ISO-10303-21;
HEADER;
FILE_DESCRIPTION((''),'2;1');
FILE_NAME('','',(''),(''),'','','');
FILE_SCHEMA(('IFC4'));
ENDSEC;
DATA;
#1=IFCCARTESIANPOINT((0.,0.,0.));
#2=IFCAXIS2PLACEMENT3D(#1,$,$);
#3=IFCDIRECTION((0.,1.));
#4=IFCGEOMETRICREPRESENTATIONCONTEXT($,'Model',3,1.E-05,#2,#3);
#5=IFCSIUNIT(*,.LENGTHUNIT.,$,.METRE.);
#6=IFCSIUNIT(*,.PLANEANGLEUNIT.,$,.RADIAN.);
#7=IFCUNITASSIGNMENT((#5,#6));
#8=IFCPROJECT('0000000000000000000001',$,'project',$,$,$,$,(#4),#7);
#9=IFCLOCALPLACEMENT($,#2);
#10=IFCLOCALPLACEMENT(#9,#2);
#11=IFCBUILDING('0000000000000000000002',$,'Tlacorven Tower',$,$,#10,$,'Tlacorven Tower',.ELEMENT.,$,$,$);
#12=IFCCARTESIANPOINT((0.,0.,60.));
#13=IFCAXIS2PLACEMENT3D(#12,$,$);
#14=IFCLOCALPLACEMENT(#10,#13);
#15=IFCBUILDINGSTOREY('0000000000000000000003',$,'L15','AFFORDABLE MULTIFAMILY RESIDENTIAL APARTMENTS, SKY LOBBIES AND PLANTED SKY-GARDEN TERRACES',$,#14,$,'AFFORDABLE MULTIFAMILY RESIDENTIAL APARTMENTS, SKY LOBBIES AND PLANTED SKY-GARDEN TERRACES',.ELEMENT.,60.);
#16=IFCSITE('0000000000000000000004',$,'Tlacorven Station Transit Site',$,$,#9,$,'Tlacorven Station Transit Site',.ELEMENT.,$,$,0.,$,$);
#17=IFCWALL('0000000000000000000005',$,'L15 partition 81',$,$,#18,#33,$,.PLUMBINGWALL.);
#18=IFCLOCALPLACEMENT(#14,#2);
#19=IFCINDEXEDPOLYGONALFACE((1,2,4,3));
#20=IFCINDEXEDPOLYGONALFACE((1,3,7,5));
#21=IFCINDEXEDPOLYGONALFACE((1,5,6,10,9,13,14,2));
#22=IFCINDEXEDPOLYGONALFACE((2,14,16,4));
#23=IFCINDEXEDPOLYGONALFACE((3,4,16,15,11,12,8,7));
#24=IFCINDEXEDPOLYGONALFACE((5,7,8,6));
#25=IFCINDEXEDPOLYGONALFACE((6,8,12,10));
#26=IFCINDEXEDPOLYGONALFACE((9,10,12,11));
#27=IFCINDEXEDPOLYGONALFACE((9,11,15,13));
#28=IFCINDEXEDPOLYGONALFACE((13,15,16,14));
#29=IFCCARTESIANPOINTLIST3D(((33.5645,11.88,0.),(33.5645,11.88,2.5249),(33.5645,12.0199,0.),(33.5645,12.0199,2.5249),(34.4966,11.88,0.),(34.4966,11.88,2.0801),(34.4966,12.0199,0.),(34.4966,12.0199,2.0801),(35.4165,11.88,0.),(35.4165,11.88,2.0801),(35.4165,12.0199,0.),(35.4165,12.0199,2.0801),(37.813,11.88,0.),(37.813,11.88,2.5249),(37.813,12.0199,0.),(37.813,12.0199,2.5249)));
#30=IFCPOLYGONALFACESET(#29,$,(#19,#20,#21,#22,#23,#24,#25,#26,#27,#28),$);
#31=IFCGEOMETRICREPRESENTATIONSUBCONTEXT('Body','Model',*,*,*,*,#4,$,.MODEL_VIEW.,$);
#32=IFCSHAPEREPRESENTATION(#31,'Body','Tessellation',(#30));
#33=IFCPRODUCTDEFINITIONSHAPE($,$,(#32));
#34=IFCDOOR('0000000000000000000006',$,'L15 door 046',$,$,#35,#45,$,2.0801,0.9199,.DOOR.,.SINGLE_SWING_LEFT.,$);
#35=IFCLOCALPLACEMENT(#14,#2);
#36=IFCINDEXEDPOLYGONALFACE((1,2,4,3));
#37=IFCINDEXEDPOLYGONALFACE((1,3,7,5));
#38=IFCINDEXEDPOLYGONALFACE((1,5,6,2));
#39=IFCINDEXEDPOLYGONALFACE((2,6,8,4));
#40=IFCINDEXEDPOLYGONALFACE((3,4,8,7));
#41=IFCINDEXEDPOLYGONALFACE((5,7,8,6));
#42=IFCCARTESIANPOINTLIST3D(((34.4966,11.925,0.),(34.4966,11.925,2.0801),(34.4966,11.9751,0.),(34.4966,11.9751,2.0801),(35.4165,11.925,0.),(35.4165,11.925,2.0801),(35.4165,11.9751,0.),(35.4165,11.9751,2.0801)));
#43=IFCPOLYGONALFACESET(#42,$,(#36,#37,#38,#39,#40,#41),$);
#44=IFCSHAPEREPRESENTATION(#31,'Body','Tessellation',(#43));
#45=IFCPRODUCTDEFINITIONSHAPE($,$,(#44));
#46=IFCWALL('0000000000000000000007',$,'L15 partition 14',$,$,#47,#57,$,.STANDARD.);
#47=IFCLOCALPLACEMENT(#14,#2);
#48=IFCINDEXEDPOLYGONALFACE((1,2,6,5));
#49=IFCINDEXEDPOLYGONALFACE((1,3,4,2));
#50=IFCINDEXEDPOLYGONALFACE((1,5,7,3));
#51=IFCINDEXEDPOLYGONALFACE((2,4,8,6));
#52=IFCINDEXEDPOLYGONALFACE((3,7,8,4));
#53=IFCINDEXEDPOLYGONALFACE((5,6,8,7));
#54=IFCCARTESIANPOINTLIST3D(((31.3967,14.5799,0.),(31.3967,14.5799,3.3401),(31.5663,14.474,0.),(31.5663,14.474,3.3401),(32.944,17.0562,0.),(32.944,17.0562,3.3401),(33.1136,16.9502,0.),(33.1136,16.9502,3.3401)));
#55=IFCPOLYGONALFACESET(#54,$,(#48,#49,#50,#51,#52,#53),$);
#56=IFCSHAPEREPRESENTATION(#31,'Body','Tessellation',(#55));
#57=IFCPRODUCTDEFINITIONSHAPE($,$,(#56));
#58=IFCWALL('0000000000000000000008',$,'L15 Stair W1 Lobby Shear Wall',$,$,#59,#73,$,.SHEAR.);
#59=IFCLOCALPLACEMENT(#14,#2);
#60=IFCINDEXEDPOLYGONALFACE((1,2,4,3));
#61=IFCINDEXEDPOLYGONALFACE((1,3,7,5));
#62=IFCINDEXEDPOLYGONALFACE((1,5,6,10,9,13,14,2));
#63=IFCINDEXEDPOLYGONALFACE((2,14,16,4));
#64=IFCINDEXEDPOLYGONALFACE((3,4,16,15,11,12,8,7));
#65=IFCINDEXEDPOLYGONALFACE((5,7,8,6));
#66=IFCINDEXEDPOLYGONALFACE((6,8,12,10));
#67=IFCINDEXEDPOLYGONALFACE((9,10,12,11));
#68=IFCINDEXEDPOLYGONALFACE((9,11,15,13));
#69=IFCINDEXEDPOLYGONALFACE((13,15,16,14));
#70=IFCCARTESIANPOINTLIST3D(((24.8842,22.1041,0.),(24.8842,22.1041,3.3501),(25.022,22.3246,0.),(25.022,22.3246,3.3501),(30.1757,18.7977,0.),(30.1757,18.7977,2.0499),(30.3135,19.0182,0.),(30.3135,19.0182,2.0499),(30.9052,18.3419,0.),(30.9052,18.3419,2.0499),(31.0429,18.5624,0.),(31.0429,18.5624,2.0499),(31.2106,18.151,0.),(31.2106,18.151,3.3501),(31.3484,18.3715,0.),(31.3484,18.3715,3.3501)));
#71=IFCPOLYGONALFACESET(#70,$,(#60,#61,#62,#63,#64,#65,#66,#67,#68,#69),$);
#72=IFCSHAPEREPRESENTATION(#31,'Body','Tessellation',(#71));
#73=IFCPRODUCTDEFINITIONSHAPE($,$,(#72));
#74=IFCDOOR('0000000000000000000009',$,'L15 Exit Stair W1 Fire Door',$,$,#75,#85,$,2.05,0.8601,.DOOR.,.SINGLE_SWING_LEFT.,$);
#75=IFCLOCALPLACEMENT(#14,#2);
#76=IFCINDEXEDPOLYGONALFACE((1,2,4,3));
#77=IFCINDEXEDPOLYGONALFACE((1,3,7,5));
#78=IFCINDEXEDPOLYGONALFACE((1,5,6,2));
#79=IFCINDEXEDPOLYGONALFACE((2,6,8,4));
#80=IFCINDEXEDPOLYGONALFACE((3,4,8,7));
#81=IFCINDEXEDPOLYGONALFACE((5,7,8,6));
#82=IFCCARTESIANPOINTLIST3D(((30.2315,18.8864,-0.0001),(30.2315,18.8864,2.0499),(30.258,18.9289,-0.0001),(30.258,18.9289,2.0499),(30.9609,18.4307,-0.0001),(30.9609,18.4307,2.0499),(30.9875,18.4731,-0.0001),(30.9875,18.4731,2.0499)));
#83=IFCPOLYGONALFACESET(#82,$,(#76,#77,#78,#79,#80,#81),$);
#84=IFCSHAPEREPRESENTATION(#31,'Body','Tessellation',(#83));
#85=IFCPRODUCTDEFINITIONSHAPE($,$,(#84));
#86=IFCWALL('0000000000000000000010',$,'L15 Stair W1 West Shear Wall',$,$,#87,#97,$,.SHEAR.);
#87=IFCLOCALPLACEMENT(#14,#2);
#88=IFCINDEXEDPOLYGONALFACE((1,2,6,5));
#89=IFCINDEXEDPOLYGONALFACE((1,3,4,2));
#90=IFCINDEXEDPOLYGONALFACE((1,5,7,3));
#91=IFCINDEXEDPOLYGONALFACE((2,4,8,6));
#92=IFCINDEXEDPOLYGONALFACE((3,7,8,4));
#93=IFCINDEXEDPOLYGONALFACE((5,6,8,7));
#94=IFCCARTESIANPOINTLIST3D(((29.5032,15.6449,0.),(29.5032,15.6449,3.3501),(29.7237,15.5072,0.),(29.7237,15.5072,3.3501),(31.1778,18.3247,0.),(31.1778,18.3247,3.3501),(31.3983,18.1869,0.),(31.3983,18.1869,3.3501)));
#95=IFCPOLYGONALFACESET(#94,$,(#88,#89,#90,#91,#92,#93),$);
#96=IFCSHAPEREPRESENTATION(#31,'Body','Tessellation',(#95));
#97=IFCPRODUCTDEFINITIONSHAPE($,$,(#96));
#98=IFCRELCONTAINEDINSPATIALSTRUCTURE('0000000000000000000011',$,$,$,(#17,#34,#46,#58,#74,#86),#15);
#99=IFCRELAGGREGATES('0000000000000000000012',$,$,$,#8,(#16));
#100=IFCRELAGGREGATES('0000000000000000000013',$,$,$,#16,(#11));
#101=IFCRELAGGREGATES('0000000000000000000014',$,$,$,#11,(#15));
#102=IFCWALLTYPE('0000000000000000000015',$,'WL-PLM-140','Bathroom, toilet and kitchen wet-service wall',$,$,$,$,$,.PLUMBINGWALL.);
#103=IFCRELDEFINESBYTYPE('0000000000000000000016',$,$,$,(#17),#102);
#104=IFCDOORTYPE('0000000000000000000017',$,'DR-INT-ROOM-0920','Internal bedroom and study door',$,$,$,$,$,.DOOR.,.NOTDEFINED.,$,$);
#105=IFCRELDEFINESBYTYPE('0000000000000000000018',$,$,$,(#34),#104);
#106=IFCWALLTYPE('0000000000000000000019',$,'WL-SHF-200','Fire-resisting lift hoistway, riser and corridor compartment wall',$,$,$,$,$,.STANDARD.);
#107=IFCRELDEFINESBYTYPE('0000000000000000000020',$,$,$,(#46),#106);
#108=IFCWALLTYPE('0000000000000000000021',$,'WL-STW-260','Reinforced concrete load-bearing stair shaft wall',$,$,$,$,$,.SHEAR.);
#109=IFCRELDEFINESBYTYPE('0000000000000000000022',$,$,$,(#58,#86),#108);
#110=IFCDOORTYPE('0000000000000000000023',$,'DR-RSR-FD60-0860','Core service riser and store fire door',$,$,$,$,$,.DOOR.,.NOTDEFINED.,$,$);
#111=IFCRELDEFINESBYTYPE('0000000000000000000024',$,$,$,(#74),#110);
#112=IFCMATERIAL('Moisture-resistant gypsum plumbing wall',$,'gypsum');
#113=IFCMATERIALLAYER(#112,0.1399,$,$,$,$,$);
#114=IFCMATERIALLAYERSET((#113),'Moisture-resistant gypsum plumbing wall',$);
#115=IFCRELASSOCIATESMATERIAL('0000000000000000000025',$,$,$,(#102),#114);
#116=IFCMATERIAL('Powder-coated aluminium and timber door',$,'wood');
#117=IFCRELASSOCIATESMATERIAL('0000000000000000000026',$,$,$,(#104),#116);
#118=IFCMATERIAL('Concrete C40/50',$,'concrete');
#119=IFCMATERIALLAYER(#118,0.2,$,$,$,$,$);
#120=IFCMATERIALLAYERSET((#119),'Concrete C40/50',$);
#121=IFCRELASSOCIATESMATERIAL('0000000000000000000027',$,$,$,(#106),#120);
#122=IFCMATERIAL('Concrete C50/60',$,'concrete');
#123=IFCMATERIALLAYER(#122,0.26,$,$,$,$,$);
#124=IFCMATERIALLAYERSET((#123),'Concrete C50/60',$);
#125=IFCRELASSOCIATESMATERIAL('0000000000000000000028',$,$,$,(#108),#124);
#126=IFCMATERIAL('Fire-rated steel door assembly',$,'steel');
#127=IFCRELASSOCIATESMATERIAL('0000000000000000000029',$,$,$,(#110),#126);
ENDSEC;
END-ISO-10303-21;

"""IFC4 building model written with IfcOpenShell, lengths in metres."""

from ifc_helpers import new_model, si_unit, direction, frame, frame_2d, origin, place, context, subcontext, project, spatial, rectangle, extrude, source, transform, mapped, material, layer, layer_set, type_object, element, fill, save


model = new_model("IFC4")

# Units and contexts
model_context = context("Model", 3, precision=1e-05, world=origin(), true_north=direction((0.0, 1.0)))
body_context = subcontext(model_context, "Body", "Model", "MODEL_VIEW")
ifc_project = project(units=[si_unit("LENGTHUNIT", "METRE"), si_unit("PLANEANGLEUNIT", "RADIAN")], contexts=[model_context])

# Site, building, storey
site_placement = place(None, origin())
site = spatial("IfcSite", under=ifc_project, at=site_placement, Name="Tlacorven Station Transit Site", LongName="Tlacorven Station Transit Site", CompositionType="ELEMENT", RefElevation=0.0)
building_placement = place(site_placement, origin())
building = spatial("IfcBuilding", under=site, at=building_placement, Name="Tlacorven Tower", LongName="Tlacorven Tower", CompositionType="ELEMENT")
storey_placement = place(building_placement, frame((0.0, 0.0, 60.0)))
storey = spatial("IfcBuildingStorey", under=building, at=storey_placement, Name="L15", Description="AFFORDABLE MULTIFAMILY RESIDENTIAL APARTMENTS, SKY LOBBIES AND PLANTED SKY-GARDEN TERRACES", LongName="AFFORDABLE MULTIFAMILY RESIDENTIAL APARTMENTS, SKY LOBBIES AND PLANTED SKY-GARDEN TERRACES", CompositionType="ELEMENT", Elevation=60.0)

# Shared definitions
ifc_material_1 = material(Name="Fire-rated steel door assembly", Category="steel")

# Shared definitions
ifc_material_2 = material(Name="Moisture-resistant gypsum plumbing wall", Category="gypsum")
ifc_layer_1 = layer(ifc_material_2, 0.1399)
ifc_layer_set_1 = layer_set([ifc_layer_1], Name="Moisture-resistant gypsum plumbing wall")
wall_type_1 = type_object("IfcWallType", Name="WL-PLM-140", Description="Bathroom, toilet and kitchen wet-service wall", PredefinedType="PLUMBINGWALL", material=ifc_layer_set_1)

# Wall, opening, door
wall_1_placement = place(storey_placement, frame((33.5645, 11.95, 0.0), z_axis=(0.0, 0.0, 1.0), x_axis=(1.0, 0.0, 0.0)))
wall_1 = element("IfcWall", 1, at=wall_1_placement, inside=storey, type_object=wall_type_1, Name="L15 partition 81", PredefinedType="PLUMBINGWALL", context=body_context, shape_type="SweptSolid", body=[
    extrude(rectangle(XDim=4.2485, YDim=0.1399, at=frame_2d((2.1243, 0.0))), origin(), (0.0, 0.0, 1.0), 2.5249),
])
opening_1_placement = place(wall_1_placement, frame((0.9321, 0.0, 0.0)))
opening_1 = element("IfcOpeningElement", 2, at=opening_1_placement, cuts=wall_1, PredefinedType="OPENING", context=body_context, shape_type="SweptSolid", body=[
    extrude(rectangle(XDim=0.9199, YDim=2.0801, at=frame_2d((0.46, 1.04))), frame((0.0, 0.0801, 0.0), z_axis=(0.0, -1.0, 0.0), x_axis=(1.0, 0.0, 0.0)), (0.0, 0.0, 1.0), 0.1599),
])
ifc_material_3 = material(Name="Powder-coated aluminium and timber door", Category="wood")
door_type_1 = type_object("IfcDoorType", Name="DR-INT-ROOM-0920", Description="Internal bedroom and study door", OperationType="NOTDEFINED", PredefinedType="DOOR", material=ifc_material_3)
shared_shape_1 = source(origin(), body_context, "Body", "SweptSolid", [
    extrude(rectangle(XDim=0.9199, YDim=2.0801, at=frame_2d((0.46, 1.04))), frame((0.0, 0.0249, 0.0), z_axis=(0.0, -1.0, 0.0), x_axis=(1.0, 0.0, 0.0)), (0.0, 0.0, 1.0), 0.05),
])
door_1_placement = place(opening_1_placement, frame((0.9199, 0.0, 0.0), z_axis=(0.0, 0.0, 1.0), x_axis=(-1.0, 0.0, 0.0)))
door_1 = element("IfcDoor", 3, at=door_1_placement, inside=storey, type_object=door_type_1, Name="L15 door 046", OperationType="SINGLE_SWING_LEFT", OverallHeight=2.0801, OverallWidth=0.9199, PredefinedType="DOOR", context=body_context, shape_type="MappedRepresentation", body=[
    mapped(shared_shape_1, transform((0.0, 0.0, 0.0), scale=1.0)),
])
fill(opening_1, door_1)

# Wall
ifc_material_4 = material(Name="Concrete C40/50", Category="concrete")
ifc_layer_2 = layer(ifc_material_4, 0.2)
ifc_layer_set_2 = layer_set([ifc_layer_2], Name="Concrete C40/50")
wall_type_2 = type_object("IfcWallType", Name="WL-SHF-200", Description="Fire-resisting lift hoistway, riser and corridor compartment wall", PredefinedType="STANDARD", material=ifc_layer_set_2)
wall_2_placement = place(storey_placement, frame((33.0288, 17.0032, 0.0), z_axis=(0.0, 0.0, 1.0), x_axis=(-0.529916, -0.84805, 0.0)))
element("IfcWall", 4, at=wall_2_placement, inside=storey, type_object=wall_type_2, Name="L15 partition 14", PredefinedType="STANDARD", context=body_context, shape_type="SweptSolid", body=[
    extrude(rectangle(XDim=2.9199, YDim=0.2, at=frame_2d((1.46, 0.0))), origin(), (0.0, 0.0, 1.0), 3.3401),
])

# Wall, opening, door
ifc_material_5 = material(Name="Concrete C50/60", Category="concrete")
ifc_layer_3 = layer(ifc_material_5, 0.26)
ifc_layer_set_3 = layer_set([ifc_layer_3], Name="Concrete C50/60")
wall_type_3 = type_object("IfcWallType", Name="WL-STW-260", Description="Reinforced concrete load-bearing stair shaft wall", PredefinedType="SHEAR", material=ifc_layer_set_3)
wall_3_placement = place(storey_placement, frame((31.2795, 18.2612, 0.0), z_axis=(0.0, 0.0, 1.0), x_axis=(-0.848052, 0.529914, 0.0)))
wall_3 = element("IfcWall", 5, at=wall_3_placement, inside=storey, type_object=wall_type_3, Name="L15 Stair W1 Lobby Shear Wall", PredefinedType="SHEAR", context=body_context, shape_type="SweptSolid", body=[
    extrude(rectangle(XDim=7.46, YDim=0.26, at=frame_2d((3.73, 0.0))), origin(), (0.0, 0.0, 1.0), 3.3501),
])
opening_2_placement = place(wall_3_placement, frame((0.3601, 0.0, 0.0)))
opening_2 = element("IfcOpeningElement", 6, at=opening_2_placement, cuts=wall_3, PredefinedType="OPENING", context=body_context, shape_type="SweptSolid", body=[
    extrude(rectangle(XDim=0.8601, YDim=2.05, at=frame_2d((0.4302, 1.0249))), frame((0.0, 0.1401, 0.0), z_axis=(0.0, -1.0, 0.0), x_axis=(1.0, 0.0, 0.0)), (0.0, 0.0, 1.0), 0.28),
])
door_type_2 = type_object("IfcDoorType", Name="DR-RSR-FD60-0860", Description="Core service riser and store fire door", OperationType="NOTDEFINED", PredefinedType="DOOR", material=ifc_material_1)
shared_shape_2 = source(origin(), body_context, "Body", "SweptSolid", [
    extrude(rectangle(XDim=0.8601, YDim=2.05, at=frame_2d((0.4302, 1.0249))), frame((0.0, 0.0249, 0.0), z_axis=(0.0, -1.0, 0.0), x_axis=(1.0, 0.0, 0.0)), (0.0, 0.0, 1.0), 0.05),
])
door_2_placement = place(opening_2_placement, frame((0.8601, 0.0, 0.0), z_axis=(0.0, 0.0, 1.0), x_axis=(-1.0, 0.0, 0.0)))
door_2 = element("IfcDoor", 7, at=door_2_placement, inside=storey, type_object=door_type_2, Name="L15 Exit Stair W1 Fire Door", OperationType="SINGLE_SWING_LEFT", OverallHeight=2.05, OverallWidth=0.8601, PredefinedType="DOOR", context=body_context, shape_type="MappedRepresentation", body=[
    mapped(shared_shape_2, transform((0.0, 0.0, 0.0), scale=1.0)),
])
fill(opening_2, door_2)

# Wall
wall_4_placement = place(storey_placement, frame((31.2881, 18.2559, 0.0), z_axis=(0.0, 0.0, 1.0), x_axis=(-0.529943, -0.848033, 0.0)))
element("IfcWall", 8, at=wall_4_placement, inside=storey, type_object=wall_type_3, Name="L15 Stair W1 West Shear Wall", PredefinedType="SHEAR", context=body_context, shape_type="SweptSolid", body=[
    extrude(rectangle(XDim=3.1599, YDim=0.26, at=frame_2d((1.5801, 0.0))), origin(), (0.0, 0.0, 1.0), 3.3501),
])

save(model, "model.ifc")
